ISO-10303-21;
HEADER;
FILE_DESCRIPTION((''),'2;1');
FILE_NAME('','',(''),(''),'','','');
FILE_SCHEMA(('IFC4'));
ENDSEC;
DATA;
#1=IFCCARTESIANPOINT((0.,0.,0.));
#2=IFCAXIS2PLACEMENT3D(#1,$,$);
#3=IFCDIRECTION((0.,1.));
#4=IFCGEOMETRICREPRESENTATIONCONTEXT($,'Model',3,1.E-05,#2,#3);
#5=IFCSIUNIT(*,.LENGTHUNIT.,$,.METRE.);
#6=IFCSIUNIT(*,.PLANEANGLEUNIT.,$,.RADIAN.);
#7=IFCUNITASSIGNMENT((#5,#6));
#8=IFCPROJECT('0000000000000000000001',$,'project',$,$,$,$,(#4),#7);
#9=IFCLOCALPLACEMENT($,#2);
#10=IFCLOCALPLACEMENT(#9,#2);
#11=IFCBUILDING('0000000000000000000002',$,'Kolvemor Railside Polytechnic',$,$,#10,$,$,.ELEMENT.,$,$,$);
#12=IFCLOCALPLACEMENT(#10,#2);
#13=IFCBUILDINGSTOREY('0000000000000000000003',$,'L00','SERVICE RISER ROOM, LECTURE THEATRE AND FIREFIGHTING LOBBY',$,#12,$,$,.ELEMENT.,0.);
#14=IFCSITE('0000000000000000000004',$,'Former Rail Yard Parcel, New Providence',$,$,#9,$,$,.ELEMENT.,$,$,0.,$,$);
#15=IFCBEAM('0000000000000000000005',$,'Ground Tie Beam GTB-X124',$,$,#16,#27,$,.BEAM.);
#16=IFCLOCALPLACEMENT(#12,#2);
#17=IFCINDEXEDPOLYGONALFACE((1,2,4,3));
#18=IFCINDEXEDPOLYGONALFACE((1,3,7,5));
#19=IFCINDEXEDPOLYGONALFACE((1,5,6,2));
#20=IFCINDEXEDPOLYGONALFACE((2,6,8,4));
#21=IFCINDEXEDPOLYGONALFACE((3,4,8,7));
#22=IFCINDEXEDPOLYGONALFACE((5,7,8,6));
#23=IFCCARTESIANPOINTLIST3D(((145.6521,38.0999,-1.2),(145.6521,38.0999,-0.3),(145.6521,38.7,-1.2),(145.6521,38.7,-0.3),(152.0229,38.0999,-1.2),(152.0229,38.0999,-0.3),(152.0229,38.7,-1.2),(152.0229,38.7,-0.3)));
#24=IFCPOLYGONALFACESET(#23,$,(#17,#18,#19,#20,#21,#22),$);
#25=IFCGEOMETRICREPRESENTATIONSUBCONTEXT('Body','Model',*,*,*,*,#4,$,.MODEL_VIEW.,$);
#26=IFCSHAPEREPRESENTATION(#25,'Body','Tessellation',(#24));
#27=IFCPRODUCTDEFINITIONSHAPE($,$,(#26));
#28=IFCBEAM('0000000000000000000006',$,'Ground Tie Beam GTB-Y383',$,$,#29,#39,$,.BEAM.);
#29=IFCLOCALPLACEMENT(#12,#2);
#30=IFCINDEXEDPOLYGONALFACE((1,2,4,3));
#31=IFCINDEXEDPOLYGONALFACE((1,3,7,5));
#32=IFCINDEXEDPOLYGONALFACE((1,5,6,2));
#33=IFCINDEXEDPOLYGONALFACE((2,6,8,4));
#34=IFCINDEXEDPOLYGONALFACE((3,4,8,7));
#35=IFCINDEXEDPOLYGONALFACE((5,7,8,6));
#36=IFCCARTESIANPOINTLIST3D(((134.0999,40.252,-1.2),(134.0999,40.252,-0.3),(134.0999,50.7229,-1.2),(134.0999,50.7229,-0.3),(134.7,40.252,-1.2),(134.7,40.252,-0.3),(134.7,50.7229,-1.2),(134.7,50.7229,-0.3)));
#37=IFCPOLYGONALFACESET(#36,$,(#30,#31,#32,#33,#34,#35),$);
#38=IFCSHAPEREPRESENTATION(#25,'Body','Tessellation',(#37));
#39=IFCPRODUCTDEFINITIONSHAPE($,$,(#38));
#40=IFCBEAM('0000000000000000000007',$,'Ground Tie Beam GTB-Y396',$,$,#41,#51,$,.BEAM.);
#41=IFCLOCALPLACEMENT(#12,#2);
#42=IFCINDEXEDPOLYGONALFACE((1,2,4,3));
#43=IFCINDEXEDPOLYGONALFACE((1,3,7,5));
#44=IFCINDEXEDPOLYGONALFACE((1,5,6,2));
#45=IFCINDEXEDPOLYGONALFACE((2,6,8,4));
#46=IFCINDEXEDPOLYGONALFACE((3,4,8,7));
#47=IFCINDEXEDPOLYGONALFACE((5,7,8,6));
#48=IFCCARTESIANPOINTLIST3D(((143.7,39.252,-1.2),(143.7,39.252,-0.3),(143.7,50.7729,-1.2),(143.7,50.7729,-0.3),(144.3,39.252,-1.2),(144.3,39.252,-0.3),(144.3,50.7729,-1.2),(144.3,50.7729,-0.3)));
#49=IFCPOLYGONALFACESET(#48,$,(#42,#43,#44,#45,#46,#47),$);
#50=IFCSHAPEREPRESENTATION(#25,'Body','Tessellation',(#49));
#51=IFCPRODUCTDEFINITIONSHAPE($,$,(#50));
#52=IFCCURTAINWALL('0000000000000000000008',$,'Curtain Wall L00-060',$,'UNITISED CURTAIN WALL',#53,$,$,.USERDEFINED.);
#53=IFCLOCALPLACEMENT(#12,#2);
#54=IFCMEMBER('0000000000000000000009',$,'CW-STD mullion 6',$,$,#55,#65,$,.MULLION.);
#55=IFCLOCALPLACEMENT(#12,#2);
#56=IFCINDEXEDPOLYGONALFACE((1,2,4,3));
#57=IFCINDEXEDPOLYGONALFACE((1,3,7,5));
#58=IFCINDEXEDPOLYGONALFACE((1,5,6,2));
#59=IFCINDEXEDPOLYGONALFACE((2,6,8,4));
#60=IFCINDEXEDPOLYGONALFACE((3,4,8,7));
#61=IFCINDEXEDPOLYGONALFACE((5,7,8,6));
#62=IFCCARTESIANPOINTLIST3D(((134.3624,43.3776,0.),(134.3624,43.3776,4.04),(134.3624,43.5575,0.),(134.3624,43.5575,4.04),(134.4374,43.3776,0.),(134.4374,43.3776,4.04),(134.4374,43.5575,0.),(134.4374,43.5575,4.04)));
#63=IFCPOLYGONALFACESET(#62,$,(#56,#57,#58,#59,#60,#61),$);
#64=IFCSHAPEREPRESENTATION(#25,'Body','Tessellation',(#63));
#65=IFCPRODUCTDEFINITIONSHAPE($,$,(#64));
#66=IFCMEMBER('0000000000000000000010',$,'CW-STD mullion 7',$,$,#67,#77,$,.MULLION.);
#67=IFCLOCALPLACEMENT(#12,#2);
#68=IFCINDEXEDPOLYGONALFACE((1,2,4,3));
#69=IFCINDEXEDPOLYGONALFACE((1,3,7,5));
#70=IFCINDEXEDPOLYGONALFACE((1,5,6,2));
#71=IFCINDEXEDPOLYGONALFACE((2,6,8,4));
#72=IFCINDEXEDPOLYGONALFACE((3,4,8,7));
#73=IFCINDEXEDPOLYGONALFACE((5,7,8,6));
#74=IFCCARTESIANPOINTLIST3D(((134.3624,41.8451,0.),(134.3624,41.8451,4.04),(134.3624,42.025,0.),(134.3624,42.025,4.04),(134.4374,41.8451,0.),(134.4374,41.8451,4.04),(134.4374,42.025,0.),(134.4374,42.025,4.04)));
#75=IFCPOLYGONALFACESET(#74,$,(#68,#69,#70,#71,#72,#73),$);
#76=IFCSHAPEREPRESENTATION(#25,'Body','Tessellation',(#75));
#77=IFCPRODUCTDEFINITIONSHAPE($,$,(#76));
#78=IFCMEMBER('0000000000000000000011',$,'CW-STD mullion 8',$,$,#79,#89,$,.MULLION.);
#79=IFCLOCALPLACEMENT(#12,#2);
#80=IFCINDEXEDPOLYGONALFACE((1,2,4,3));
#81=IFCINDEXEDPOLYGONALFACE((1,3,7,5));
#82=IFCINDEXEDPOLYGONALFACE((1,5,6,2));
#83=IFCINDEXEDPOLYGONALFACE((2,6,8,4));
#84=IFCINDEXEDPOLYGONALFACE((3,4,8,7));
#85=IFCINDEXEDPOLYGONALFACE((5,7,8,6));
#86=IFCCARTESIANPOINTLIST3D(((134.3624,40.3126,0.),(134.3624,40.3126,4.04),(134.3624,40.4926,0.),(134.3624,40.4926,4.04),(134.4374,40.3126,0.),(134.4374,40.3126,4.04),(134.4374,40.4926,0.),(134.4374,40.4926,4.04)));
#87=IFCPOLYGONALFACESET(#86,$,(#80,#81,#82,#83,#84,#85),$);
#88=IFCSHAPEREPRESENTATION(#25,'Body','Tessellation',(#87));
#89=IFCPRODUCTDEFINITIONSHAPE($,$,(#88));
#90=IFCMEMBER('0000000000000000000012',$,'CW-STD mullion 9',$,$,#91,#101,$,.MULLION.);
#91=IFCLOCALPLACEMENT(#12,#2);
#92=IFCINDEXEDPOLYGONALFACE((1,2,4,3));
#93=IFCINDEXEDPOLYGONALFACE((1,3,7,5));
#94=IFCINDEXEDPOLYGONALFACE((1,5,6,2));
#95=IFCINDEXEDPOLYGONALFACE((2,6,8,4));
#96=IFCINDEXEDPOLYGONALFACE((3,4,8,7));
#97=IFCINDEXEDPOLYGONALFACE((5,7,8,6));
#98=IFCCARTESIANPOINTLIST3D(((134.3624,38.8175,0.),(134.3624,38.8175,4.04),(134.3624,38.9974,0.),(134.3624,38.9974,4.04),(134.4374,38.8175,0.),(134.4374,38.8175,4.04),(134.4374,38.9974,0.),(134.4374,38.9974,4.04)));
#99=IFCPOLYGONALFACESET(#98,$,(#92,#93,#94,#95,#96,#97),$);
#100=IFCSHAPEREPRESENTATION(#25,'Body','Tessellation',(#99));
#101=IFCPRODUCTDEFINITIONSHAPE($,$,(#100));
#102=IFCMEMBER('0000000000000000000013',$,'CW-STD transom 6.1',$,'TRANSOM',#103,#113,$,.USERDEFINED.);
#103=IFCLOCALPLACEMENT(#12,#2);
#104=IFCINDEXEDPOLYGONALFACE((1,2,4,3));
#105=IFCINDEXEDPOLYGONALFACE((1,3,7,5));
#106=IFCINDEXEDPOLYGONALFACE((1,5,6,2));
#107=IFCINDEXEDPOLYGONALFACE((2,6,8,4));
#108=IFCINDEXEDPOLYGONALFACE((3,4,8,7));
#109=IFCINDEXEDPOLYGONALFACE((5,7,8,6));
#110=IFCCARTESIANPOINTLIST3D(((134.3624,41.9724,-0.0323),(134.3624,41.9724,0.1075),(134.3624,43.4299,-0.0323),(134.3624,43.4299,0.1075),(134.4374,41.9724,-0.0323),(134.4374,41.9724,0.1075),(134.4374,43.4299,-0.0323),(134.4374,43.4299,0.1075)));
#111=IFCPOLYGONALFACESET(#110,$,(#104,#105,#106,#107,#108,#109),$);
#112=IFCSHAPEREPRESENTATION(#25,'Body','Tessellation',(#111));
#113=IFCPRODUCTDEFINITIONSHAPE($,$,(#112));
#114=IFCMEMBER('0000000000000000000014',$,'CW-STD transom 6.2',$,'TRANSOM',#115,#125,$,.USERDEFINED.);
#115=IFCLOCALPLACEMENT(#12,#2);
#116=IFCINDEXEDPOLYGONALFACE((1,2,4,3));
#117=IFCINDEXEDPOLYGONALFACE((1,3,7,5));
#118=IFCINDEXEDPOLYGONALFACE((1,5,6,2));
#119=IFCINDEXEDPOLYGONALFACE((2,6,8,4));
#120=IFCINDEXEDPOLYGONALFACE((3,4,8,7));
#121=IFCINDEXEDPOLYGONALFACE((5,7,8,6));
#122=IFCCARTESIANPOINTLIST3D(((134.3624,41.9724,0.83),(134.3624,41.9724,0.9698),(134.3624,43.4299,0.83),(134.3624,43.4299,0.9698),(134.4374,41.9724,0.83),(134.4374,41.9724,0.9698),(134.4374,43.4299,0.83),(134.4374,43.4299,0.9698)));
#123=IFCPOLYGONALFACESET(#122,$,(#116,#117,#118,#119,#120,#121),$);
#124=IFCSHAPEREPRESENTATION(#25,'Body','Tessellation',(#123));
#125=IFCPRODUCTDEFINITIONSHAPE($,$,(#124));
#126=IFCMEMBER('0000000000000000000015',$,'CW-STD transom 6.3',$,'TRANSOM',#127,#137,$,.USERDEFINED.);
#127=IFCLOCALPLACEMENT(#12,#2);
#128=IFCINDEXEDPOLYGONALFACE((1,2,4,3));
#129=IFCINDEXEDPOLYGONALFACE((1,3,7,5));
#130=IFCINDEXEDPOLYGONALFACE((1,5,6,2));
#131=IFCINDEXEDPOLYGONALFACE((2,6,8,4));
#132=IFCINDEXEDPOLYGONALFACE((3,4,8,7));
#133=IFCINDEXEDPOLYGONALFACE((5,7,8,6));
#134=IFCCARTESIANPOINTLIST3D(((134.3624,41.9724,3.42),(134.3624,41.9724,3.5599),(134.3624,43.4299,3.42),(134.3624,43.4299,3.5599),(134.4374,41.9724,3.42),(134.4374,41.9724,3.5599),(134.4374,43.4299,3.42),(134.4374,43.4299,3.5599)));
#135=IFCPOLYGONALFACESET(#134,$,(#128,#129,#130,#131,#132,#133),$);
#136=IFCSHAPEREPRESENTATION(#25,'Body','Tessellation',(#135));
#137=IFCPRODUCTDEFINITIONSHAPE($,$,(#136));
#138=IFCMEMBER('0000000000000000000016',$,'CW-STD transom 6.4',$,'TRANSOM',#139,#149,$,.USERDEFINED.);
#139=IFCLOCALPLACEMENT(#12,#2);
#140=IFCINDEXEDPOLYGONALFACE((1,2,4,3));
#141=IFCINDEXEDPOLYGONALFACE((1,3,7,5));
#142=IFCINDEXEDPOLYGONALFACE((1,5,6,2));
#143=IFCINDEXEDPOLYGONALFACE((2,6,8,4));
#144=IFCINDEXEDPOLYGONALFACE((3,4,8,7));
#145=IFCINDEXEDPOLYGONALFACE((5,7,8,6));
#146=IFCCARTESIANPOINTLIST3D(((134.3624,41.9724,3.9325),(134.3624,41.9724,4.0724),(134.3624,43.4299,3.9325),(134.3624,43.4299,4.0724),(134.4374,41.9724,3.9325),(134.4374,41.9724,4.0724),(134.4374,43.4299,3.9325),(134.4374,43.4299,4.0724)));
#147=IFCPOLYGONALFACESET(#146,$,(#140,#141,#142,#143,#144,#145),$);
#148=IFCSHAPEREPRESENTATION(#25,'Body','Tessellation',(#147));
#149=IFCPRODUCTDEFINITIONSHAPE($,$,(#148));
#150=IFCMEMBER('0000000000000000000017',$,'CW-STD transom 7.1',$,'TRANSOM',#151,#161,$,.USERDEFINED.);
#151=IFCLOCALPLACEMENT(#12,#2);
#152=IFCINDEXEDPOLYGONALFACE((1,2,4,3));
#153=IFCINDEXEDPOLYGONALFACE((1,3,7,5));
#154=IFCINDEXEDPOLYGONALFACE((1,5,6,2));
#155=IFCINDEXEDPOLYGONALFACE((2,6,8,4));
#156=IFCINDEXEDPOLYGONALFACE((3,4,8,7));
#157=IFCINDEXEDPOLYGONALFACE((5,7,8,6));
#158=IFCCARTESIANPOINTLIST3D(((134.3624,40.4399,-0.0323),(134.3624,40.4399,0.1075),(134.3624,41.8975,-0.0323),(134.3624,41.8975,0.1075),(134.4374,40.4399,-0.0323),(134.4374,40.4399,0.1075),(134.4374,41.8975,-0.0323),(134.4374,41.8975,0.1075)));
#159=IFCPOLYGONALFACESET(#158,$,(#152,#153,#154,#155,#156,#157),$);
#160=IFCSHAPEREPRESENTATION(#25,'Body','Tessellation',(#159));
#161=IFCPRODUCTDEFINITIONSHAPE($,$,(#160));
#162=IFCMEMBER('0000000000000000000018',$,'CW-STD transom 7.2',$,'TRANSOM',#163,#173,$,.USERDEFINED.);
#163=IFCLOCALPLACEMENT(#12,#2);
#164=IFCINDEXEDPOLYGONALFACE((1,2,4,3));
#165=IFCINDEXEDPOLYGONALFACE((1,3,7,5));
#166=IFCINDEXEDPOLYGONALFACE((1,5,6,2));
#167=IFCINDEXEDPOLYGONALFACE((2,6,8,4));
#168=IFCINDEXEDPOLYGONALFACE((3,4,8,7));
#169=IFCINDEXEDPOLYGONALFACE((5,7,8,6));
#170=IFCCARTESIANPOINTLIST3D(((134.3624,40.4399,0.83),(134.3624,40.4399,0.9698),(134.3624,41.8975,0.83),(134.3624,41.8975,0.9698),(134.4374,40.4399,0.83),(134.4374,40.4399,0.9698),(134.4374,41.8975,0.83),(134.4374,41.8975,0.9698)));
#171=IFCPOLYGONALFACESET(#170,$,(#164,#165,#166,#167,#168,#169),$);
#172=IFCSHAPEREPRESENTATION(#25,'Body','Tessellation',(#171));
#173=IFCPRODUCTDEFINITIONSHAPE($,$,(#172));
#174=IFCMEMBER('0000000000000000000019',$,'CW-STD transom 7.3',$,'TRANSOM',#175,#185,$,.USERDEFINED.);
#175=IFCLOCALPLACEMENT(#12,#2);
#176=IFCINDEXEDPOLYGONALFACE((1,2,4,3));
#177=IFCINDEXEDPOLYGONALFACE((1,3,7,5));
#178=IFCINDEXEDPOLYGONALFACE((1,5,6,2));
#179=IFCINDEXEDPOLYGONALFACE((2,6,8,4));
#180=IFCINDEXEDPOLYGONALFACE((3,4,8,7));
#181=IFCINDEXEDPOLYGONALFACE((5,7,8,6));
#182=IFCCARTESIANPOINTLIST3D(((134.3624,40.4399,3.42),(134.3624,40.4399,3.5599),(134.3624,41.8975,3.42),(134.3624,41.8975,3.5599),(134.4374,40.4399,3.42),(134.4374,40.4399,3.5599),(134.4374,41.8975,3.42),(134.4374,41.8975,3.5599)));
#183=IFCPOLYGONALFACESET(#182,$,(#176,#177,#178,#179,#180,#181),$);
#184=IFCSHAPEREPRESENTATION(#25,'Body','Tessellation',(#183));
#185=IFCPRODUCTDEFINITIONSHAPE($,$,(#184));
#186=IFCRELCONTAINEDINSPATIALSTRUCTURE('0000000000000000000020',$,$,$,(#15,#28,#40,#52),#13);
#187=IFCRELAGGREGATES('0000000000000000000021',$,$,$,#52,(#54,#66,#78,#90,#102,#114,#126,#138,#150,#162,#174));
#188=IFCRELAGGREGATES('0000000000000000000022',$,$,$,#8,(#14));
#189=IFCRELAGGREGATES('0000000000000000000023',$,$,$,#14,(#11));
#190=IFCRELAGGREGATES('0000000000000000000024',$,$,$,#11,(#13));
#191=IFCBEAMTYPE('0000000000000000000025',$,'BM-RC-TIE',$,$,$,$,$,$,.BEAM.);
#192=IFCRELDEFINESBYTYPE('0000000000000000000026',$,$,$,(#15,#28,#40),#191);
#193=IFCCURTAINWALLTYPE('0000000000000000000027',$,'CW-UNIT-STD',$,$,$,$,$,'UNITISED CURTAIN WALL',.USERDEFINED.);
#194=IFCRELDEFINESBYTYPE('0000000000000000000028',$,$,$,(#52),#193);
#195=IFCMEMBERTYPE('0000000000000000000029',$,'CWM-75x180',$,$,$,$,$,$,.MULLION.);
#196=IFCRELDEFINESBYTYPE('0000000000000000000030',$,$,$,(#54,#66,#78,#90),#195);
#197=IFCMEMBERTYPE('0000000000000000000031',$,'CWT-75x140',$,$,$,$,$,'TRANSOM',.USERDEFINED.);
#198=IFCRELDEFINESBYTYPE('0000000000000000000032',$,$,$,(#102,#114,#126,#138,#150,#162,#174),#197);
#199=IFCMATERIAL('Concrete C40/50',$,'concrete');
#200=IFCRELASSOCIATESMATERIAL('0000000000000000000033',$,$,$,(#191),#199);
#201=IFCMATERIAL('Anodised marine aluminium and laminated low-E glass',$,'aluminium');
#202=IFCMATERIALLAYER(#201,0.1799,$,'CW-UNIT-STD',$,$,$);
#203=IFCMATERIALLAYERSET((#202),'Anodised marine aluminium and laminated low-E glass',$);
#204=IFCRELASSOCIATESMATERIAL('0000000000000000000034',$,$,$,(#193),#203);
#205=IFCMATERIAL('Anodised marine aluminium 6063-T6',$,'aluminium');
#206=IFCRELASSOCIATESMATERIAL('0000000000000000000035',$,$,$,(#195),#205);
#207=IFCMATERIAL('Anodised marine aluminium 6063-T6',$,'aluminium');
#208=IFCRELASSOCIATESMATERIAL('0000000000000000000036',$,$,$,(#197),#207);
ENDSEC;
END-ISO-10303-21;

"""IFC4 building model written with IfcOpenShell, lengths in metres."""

from ifc_helpers import new_model, si_unit, direction, frame, origin, origin_2d, place, context, subcontext, project, spatial, rectangle, extrude, material, layer, layer_set, material_profile, profile_set, type_object, element, aggregate, save


model = new_model("IFC4")

# Units and contexts
model_context = context("Model", 3, precision=1e-05, world=origin(), true_north=direction((0.0, 1.0)))
body_context = subcontext(model_context, "Body", "Model", "MODEL_VIEW")
ifc_project = project(units=[si_unit("LENGTHUNIT", "METRE"), si_unit("PLANEANGLEUNIT", "RADIAN")], contexts=[model_context])

# Site, building, storey
site_placement = place(None, origin())
site = spatial("IfcSite", under=ifc_project, at=site_placement, Name="Former Rail Yard Parcel, New Providence", CompositionType="ELEMENT", RefElevation=0.0)
building_placement = place(site_placement, origin())
building = spatial("IfcBuilding", under=site, at=building_placement, Name="Kolvemor Railside Polytechnic", CompositionType="ELEMENT")
storey_placement = place(building_placement, origin())
storey = spatial("IfcBuildingStorey", under=building, at=storey_placement, Name="L00", Description="SERVICE RISER ROOM, LECTURE THEATRE AND FIREFIGHTING LOBBY", CompositionType="ELEMENT", Elevation=0.0)

# Beams
ifc_material_1 = material(Name="Concrete C40/50", Category="concrete")
ifc_material_profile_1 = material_profile(ifc_material_1, rectangle(XDim=0.6001, YDim=0.8999, at=origin_2d()), Name="RC600x900")
ifc_profile_set_1 = profile_set([ifc_material_profile_1], Name="Concrete C40/50")
beam_type_1 = type_object("IfcBeamType", Name="BM-RC-TIE", PredefinedType="BEAM", material=ifc_profile_set_1)
beam_1_placement = place(storey_placement, frame((145.6521, 38.3999, -0.75), z_axis=(1.0, 0.0, 0.0), x_axis=(0.0, 1.0, 0.0)))
element("IfcBeam", 1, at=beam_1_placement, inside=storey, type_object=beam_type_1, Name="Ground Tie Beam GTB-X124", PredefinedType="BEAM", context=body_context, shape_type="SweptSolid", body=[
    extrude(rectangle(XDim=0.6001, YDim=0.8999, at=origin_2d()), origin(), (0.0, 0.0, 1.0), 6.3708),
])
beam_2_placement = place(storey_placement, frame((134.3999, 40.252, -0.75), z_axis=(0.0, 1.0, 0.0), x_axis=(-1.0, 0.0, 0.0)))
element("IfcBeam", 2, at=beam_2_placement, inside=storey, type_object=beam_type_1, Name="Ground Tie Beam GTB-Y383", PredefinedType="BEAM", context=body_context, shape_type="SweptSolid", body=[
    extrude(rectangle(XDim=0.6001, YDim=0.8999, at=origin_2d()), origin(), (0.0, 0.0, 1.0), 10.4709),
])
beam_3_placement = place(storey_placement, frame((144.0, 39.252, -0.75), z_axis=(0.0, 1.0, 0.0), x_axis=(-1.0, 0.0, 0.0)))
element("IfcBeam", 3, at=beam_3_placement, inside=storey, type_object=beam_type_1, Name="Ground Tie Beam GTB-Y396", PredefinedType="BEAM", context=body_context, shape_type="SweptSolid", body=[
    extrude(rectangle(XDim=0.6001, YDim=0.8999, at=origin_2d()), origin(), (0.0, 0.0, 1.0), 11.521),
])

# Curtain wall, members
ifc_material_2 = material(Name="Anodised marine aluminium and laminated low-E glass", Category="aluminium")
ifc_layer_1 = layer(ifc_material_2, 0.1799, Name="CW-UNIT-STD")
ifc_layer_set_1 = layer_set([ifc_layer_1], Name="Anodised marine aluminium and laminated low-E glass")
curtain_wall_type = type_object("IfcCurtainWallType", Name="CW-UNIT-STD", ElementType="UNITISED CURTAIN WALL", PredefinedType="USERDEFINED", material=ifc_layer_set_1)
curtain_wall_placement = place(storey_placement, origin())
curtain_wall = element("IfcCurtainWall", 4, at=curtain_wall_placement, inside=storey, type_object=curtain_wall_type, Name="Curtain Wall L00-060", ObjectType="UNITISED CURTAIN WALL", PredefinedType="USERDEFINED")
ifc_material_3 = material(Name="Anodised marine aluminium 6063-T6", Category="aluminium")
ifc_material_profile_2 = material_profile(ifc_material_3, rectangle(XDim=0.075, YDim=0.1799, at=origin_2d()), Name="CW-MUL-75x180")
ifc_profile_set_2 = profile_set([ifc_material_profile_2], Name="Anodised marine aluminium 6063-T6")
member_type_1 = type_object("IfcMemberType", Name="CWM-75x180", PredefinedType="MULLION", material=ifc_profile_set_2)
member_1_placement = place(storey_placement, frame((134.3999, 43.4675, 0.0), z_axis=(0.0, 0.0, 1.0), x_axis=(1.0, 0.0, 0.0)))
member_1 = element("IfcMember", 5, at=member_1_placement, type_object=member_type_1, Name="CW-STD mullion 6", PredefinedType="MULLION", context=body_context, shape_type="SweptSolid", body=[
    extrude(rectangle(XDim=0.075, YDim=0.1799, at=origin_2d()), origin(), (0.0, 0.0, 1.0), 4.04),
])
member_2_placement = place(storey_placement, frame((134.3999, 41.9351, 0.0), z_axis=(0.0, 0.0, 1.0), x_axis=(1.0, 0.0, 0.0)))
member_2 = element("IfcMember", 6, at=member_2_placement, type_object=member_type_1, Name="CW-STD mullion 7", PredefinedType="MULLION", context=body_context, shape_type="SweptSolid", body=[
    extrude(rectangle(XDim=0.075, YDim=0.1799, at=origin_2d()), origin(), (0.0, 0.0, 1.0), 4.04),
])
member_3_placement = place(storey_placement, frame((134.3999, 40.4026, 0.0), z_axis=(0.0, 0.0, 1.0), x_axis=(1.0, 0.0, 0.0)))
member_3 = element("IfcMember", 7, at=member_3_placement, type_object=member_type_1, Name="CW-STD mullion 8", PredefinedType="MULLION", context=body_context, shape_type="SweptSolid", body=[
    extrude(rectangle(XDim=0.075, YDim=0.1799, at=origin_2d()), origin(), (0.0, 0.0, 1.0), 4.04),
])
member_4_placement = place(storey_placement, frame((134.3999, 38.9075, 0.0), z_axis=(0.0, 0.0, 1.0), x_axis=(1.0, 0.0, 0.0)))
member_4 = element("IfcMember", 8, at=member_4_placement, type_object=member_type_1, Name="CW-STD mullion 9", PredefinedType="MULLION", context=body_context, shape_type="SweptSolid", body=[
    extrude(rectangle(XDim=0.075, YDim=0.1799, at=origin_2d()), origin(), (0.0, 0.0, 1.0), 4.04),
])
ifc_material_4 = material(Name="Anodised marine aluminium 6063-T6", Category="aluminium")
ifc_material_profile_3 = material_profile(ifc_material_4, rectangle(XDim=0.075, YDim=0.1399, at=origin_2d()), Name="CW-TRN-75x140")
ifc_profile_set_3 = profile_set([ifc_material_profile_3], Name="Anodised marine aluminium 6063-T6")
member_type_2 = type_object("IfcMemberType", Name="CWT-75x140", ElementType="TRANSOM", PredefinedType="USERDEFINED", material=ifc_profile_set_3)
member_5_placement = place(storey_placement, frame((134.3999, 43.4299, 0.0376), z_axis=(0.0, -1.0, 0.0), x_axis=(1.0, 0.0, 0.0)))
member_5 = element("IfcMember", 9, at=member_5_placement, type_object=member_type_2, Name="CW-STD transom 6.1", ObjectType="TRANSOM", PredefinedType="USERDEFINED", context=body_context, shape_type="SweptSolid", body=[
    extrude(rectangle(XDim=0.075, YDim=0.1399, at=origin_2d()), origin(), (0.0, 0.0, 1.0), 1.4575),
])
member_6_placement = place(storey_placement, frame((134.3999, 43.4299, 0.8999), z_axis=(0.0, -1.0, 0.0), x_axis=(1.0, 0.0, 0.0)))
member_6 = element("IfcMember", 10, at=member_6_placement, type_object=member_type_2, Name="CW-STD transom 6.2", ObjectType="TRANSOM", PredefinedType="USERDEFINED", context=body_context, shape_type="SweptSolid", body=[
    extrude(rectangle(XDim=0.075, YDim=0.1399, at=origin_2d()), origin(), (0.0, 0.0, 1.0), 1.4575),
])
member_7_placement = place(storey_placement, frame((134.3999, 43.4299, 3.49), z_axis=(0.0, -1.0, 0.0), x_axis=(1.0, 0.0, 0.0)))
member_7 = element("IfcMember", 11, at=member_7_placement, type_object=member_type_2, Name="CW-STD transom 6.3", ObjectType="TRANSOM", PredefinedType="USERDEFINED", context=body_context, shape_type="SweptSolid", body=[
    extrude(rectangle(XDim=0.075, YDim=0.1399, at=origin_2d()), origin(), (0.0, 0.0, 1.0), 1.4575),
])
member_8_placement = place(storey_placement, frame((134.3999, 43.4299, 4.0024), z_axis=(0.0, -1.0, 0.0), x_axis=(1.0, 0.0, 0.0)))
member_8 = element("IfcMember", 12, at=member_8_placement, type_object=member_type_2, Name="CW-STD transom 6.4", ObjectType="TRANSOM", PredefinedType="USERDEFINED", context=body_context, shape_type="SweptSolid", body=[
    extrude(rectangle(XDim=0.075, YDim=0.1399, at=origin_2d()), origin(), (0.0, 0.0, 1.0), 1.4575),
])
member_9_placement = place(storey_placement, frame((134.3999, 41.8975, 0.0376), z_axis=(0.0, -1.0, 0.0), x_axis=(1.0, 0.0, 0.0)))
member_9 = element("IfcMember", 13, at=member_9_placement, type_object=member_type_2, Name="CW-STD transom 7.1", ObjectType="TRANSOM", PredefinedType="USERDEFINED", context=body_context, shape_type="SweptSolid", body=[
    extrude(rectangle(XDim=0.075, YDim=0.1399, at=origin_2d()), origin(), (0.0, 0.0, 1.0), 1.4575),
])
member_10_placement = place(storey_placement, frame((134.3999, 41.8975, 0.8999), z_axis=(0.0, -1.0, 0.0), x_axis=(1.0, 0.0, 0.0)))
member_10 = element("IfcMember", 14, at=member_10_placement, type_object=member_type_2, Name="CW-STD transom 7.2", ObjectType="TRANSOM", PredefinedType="USERDEFINED", context=body_context, shape_type="SweptSolid", body=[
    extrude(rectangle(XDim=0.075, YDim=0.1399, at=origin_2d()), origin(), (0.0, 0.0, 1.0), 1.4575),
])
member_11_placement = place(storey_placement, frame((134.3999, 41.8975, 3.49), z_axis=(0.0, -1.0, 0.0), x_axis=(1.0, 0.0, 0.0)))
member_11 = element("IfcMember", 15, at=member_11_placement, type_object=member_type_2, Name="CW-STD transom 7.3", ObjectType="TRANSOM", PredefinedType="USERDEFINED", context=body_context, shape_type="SweptSolid", body=[
    extrude(rectangle(XDim=0.075, YDim=0.1399, at=origin_2d()), origin(), (0.0, 0.0, 1.0), 1.4575),
])
aggregate(curtain_wall, [member_1, member_2, member_3, member_4, member_5, member_6, member_7, member_8, member_9, member_10, member_11])

save(model, "model.ifc")
